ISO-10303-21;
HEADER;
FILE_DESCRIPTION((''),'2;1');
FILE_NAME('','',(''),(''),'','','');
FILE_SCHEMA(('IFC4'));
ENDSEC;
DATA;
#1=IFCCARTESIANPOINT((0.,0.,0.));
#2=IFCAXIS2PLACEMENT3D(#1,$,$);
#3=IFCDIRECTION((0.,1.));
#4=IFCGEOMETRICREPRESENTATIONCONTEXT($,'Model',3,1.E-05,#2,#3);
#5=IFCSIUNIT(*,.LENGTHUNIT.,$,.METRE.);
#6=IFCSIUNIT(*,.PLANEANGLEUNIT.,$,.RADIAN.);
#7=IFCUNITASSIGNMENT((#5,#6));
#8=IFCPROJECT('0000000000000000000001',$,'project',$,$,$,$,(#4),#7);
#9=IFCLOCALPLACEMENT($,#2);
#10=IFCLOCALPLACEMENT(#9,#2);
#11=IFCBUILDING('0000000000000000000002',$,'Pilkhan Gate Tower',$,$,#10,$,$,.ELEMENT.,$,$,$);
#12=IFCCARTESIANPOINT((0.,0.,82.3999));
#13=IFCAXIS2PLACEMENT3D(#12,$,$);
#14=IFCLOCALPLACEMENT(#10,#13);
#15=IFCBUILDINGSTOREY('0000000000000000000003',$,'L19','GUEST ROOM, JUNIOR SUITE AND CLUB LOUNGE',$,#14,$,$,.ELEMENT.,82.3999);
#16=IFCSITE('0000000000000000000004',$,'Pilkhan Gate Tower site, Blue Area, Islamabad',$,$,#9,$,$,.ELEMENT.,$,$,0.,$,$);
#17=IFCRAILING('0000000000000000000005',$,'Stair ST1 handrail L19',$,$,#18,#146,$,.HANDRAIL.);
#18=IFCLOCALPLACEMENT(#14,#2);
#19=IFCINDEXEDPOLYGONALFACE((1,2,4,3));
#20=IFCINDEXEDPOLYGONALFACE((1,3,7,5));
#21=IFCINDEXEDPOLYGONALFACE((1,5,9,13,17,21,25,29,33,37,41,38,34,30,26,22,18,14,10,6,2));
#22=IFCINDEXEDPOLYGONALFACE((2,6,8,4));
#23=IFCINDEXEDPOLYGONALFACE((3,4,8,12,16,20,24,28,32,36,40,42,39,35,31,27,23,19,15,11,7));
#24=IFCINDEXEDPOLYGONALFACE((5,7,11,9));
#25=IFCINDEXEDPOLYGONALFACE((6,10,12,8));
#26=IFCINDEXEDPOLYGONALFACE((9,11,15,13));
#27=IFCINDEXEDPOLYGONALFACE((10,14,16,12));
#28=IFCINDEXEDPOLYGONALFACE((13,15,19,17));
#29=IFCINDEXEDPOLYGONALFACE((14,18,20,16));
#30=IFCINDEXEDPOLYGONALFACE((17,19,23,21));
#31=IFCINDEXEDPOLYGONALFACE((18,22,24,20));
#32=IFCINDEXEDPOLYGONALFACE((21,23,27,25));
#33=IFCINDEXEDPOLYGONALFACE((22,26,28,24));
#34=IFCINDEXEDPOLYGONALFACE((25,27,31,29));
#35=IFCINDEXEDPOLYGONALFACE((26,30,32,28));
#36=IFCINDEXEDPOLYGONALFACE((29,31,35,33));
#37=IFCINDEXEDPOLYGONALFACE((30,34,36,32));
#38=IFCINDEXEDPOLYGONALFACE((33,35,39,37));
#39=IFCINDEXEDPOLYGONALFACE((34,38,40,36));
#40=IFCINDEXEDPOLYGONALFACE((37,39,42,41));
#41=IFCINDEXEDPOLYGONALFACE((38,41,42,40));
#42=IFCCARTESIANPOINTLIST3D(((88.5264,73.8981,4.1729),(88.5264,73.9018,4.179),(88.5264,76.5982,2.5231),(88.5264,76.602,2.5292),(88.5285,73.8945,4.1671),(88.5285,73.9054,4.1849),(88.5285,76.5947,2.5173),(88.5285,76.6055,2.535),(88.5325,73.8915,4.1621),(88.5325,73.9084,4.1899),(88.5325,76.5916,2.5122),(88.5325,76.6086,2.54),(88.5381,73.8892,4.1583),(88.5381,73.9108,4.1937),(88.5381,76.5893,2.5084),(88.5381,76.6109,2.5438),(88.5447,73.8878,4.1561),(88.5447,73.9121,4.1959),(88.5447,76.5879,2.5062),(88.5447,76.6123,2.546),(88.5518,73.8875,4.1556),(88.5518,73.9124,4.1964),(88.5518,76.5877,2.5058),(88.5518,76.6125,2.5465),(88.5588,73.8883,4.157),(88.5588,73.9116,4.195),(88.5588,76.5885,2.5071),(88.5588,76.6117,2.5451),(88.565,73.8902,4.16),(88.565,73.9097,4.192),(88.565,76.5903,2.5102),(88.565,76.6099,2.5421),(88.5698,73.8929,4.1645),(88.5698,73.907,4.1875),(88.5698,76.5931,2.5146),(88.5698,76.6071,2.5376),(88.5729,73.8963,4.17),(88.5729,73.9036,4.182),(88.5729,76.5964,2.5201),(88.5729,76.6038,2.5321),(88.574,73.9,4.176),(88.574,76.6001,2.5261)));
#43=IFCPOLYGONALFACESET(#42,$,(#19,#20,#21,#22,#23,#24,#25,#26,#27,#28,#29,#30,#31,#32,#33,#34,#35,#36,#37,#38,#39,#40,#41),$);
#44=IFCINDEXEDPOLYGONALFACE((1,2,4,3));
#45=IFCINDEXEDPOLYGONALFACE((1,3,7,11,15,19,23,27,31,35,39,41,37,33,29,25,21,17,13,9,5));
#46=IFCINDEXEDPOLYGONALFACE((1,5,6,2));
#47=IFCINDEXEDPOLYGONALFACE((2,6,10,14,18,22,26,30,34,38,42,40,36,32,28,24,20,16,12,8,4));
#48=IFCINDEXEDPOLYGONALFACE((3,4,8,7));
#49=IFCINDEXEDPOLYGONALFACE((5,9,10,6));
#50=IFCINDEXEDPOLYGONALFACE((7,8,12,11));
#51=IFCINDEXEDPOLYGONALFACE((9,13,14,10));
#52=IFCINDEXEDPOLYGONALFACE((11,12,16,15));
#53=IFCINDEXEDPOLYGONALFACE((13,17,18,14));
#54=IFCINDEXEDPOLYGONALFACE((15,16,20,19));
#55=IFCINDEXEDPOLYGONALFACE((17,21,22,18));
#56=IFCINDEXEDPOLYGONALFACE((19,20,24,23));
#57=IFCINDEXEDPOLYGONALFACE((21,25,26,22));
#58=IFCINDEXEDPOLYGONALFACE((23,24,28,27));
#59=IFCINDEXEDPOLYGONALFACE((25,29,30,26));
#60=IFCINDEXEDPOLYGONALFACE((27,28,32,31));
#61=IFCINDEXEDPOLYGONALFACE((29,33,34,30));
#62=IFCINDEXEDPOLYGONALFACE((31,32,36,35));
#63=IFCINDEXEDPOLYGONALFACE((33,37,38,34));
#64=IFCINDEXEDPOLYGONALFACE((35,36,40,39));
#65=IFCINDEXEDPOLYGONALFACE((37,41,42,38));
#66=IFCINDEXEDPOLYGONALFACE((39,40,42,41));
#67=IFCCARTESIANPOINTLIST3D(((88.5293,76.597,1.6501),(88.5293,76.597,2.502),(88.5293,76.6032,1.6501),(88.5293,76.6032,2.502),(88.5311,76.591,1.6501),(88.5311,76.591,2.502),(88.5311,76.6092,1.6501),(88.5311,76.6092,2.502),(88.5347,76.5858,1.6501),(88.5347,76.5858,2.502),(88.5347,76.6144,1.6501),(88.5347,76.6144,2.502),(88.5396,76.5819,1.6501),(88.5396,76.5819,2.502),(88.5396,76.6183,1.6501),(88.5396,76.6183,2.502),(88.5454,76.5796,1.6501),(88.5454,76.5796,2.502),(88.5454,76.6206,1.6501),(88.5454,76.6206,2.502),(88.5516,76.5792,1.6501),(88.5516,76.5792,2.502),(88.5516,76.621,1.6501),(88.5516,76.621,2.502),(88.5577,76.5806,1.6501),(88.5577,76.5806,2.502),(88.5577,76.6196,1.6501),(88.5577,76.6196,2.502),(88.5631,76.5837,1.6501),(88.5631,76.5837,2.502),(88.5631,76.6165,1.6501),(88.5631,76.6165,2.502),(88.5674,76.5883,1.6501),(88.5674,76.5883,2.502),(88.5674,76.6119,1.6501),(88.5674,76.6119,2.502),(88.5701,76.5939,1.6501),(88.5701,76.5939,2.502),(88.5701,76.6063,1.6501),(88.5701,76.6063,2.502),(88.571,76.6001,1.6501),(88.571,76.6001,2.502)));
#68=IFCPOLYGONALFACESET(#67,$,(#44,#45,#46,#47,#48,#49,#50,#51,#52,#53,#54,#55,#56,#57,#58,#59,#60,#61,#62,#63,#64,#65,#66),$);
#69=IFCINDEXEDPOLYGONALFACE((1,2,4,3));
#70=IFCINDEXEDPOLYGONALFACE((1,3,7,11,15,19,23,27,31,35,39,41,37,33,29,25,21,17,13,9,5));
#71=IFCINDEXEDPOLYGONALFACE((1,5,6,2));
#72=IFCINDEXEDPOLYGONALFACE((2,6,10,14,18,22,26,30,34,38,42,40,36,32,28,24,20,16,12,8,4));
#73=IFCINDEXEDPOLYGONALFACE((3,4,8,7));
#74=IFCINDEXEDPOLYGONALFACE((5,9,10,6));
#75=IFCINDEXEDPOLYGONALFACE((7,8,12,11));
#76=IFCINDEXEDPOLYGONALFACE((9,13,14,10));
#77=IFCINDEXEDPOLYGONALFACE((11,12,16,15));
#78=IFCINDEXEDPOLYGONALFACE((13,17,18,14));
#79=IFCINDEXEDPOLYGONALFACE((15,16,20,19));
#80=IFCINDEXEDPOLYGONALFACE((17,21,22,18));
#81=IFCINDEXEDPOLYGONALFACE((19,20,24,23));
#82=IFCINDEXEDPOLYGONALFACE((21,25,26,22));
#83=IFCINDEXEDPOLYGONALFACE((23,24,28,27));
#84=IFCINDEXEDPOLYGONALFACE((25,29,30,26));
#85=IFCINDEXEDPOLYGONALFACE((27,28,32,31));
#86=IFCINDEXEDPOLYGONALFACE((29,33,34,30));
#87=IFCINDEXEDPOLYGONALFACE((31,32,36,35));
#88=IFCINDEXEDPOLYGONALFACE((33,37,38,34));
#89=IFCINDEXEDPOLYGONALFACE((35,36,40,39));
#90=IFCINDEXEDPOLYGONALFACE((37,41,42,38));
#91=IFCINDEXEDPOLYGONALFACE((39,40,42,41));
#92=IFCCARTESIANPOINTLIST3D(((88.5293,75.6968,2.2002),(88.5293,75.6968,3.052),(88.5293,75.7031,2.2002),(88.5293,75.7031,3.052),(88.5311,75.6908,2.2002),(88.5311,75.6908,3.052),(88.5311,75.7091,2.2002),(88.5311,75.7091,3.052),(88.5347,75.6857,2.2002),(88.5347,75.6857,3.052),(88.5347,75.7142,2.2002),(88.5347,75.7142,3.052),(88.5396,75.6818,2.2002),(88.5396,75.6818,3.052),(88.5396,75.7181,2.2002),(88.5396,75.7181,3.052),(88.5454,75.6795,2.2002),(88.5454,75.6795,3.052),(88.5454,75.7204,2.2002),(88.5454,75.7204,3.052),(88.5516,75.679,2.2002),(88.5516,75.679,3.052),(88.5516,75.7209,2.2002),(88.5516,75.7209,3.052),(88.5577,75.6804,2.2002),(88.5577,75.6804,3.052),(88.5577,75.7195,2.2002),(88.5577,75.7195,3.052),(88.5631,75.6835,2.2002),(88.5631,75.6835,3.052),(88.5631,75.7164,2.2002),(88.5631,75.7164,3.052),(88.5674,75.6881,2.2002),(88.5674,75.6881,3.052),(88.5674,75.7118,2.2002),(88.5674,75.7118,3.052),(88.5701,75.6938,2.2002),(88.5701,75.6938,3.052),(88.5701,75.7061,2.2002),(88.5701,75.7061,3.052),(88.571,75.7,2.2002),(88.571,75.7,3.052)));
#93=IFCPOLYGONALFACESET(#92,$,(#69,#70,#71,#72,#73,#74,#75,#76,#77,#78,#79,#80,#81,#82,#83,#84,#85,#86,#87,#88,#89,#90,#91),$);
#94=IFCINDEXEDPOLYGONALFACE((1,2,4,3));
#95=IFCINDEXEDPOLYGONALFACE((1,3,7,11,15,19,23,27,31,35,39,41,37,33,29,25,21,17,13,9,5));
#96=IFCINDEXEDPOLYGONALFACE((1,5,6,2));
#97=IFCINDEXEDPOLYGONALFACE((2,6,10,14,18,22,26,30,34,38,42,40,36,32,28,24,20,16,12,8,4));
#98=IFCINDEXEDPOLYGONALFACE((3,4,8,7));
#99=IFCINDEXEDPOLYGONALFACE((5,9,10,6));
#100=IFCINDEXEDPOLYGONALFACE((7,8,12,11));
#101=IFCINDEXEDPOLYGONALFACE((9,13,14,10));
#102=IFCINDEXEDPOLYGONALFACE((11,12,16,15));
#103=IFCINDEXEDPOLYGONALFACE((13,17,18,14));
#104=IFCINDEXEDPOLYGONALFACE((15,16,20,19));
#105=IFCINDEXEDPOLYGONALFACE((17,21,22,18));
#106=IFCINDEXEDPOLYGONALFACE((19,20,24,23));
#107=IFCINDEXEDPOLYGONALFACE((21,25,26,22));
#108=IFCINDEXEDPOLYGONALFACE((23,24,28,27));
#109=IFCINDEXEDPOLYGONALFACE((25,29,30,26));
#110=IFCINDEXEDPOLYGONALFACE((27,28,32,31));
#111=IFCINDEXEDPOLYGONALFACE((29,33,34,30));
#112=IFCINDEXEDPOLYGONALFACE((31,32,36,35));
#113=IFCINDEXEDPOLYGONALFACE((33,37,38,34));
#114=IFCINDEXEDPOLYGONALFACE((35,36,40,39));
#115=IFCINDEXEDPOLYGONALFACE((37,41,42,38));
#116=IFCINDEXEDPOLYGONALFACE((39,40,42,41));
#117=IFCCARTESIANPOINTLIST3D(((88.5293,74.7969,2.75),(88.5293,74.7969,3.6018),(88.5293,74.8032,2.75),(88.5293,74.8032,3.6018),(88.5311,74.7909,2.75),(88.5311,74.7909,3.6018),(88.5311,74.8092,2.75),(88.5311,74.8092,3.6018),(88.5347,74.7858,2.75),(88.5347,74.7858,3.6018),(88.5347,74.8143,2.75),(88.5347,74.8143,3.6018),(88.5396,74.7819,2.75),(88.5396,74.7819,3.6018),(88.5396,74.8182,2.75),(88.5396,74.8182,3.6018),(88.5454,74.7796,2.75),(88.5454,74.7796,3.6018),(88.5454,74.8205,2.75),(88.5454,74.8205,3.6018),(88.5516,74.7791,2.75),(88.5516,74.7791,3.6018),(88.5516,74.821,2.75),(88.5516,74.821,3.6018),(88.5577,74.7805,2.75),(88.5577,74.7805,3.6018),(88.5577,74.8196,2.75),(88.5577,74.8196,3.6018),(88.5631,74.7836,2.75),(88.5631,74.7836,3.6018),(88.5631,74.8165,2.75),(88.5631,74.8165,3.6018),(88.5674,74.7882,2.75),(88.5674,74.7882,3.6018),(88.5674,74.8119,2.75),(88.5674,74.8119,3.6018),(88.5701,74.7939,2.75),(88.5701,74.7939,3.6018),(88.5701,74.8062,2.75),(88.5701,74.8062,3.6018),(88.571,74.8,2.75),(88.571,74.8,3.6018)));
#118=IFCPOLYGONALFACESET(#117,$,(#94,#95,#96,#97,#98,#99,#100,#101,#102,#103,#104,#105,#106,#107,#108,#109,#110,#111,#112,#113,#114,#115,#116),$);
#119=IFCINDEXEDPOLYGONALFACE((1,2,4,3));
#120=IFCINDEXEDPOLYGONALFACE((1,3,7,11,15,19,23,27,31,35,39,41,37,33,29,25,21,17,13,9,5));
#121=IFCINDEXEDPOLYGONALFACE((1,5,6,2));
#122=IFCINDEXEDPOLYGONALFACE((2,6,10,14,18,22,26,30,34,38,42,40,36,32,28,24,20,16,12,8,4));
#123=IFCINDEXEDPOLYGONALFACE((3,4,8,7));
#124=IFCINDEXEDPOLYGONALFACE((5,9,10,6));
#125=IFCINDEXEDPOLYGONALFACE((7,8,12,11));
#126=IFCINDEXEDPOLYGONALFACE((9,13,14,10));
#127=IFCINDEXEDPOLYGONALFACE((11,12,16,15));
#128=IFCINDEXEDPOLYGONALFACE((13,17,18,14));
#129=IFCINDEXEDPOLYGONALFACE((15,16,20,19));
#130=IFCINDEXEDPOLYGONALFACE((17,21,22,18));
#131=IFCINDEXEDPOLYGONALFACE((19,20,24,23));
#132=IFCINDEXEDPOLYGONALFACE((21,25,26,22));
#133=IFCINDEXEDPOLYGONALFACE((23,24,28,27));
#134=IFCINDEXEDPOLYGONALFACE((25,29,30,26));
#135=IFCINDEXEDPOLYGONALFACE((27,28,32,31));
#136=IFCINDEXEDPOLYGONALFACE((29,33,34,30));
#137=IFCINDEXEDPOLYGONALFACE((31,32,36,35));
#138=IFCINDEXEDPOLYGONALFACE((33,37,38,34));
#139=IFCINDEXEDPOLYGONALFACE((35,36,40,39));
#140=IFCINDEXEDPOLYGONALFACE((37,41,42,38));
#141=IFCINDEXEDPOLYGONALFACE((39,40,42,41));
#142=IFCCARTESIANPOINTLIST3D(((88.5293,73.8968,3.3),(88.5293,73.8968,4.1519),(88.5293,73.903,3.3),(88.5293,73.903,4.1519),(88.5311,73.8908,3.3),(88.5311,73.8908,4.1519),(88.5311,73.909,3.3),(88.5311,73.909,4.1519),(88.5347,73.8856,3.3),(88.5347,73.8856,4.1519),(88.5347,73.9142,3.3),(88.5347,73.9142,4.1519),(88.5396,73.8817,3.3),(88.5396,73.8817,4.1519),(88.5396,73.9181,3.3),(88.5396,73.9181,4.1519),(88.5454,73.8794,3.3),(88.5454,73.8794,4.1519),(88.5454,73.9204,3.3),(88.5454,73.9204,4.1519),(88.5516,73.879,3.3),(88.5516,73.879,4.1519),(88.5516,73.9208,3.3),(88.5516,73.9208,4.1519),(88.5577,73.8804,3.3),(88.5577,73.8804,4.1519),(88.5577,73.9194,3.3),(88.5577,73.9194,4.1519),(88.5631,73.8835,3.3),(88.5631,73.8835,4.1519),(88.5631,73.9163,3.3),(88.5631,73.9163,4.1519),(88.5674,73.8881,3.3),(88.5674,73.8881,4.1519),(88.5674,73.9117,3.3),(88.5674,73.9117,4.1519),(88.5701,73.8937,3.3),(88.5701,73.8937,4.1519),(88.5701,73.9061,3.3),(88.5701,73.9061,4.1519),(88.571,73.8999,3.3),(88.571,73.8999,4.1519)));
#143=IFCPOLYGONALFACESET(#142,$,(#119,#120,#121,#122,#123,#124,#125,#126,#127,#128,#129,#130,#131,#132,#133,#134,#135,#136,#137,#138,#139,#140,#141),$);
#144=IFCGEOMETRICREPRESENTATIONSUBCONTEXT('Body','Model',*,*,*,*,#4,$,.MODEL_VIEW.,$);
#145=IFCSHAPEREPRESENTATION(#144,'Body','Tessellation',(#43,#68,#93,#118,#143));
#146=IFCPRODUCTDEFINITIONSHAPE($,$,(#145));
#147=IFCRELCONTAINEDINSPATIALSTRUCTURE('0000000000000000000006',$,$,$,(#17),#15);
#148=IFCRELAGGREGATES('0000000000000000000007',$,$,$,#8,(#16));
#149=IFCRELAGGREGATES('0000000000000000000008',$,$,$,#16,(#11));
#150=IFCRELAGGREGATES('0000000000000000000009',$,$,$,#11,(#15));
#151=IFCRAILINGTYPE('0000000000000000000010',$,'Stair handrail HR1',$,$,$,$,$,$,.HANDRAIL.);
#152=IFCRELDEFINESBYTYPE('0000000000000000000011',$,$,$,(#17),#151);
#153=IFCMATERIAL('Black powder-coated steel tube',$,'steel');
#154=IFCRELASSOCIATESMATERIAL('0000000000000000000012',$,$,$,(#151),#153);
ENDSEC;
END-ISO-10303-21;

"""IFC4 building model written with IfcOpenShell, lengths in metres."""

from ifc_helpers import new_model, si_unit, direction, frame, origin, origin_2d, place, context, subcontext, project, spatial, circle, extrude, material, type_object, element, save


model = new_model("IFC4")

# Units and contexts
model_context = context("Model", 3, precision=1e-05, world=origin(), true_north=direction((0.0, 1.0)))
body_context = subcontext(model_context, "Body", "Model", "MODEL_VIEW")
ifc_project = project(units=[si_unit("LENGTHUNIT", "METRE"), si_unit("PLANEANGLEUNIT", "RADIAN")], contexts=[model_context])

# Site, building, storey
site_placement = place(None, origin())
site = spatial("IfcSite", under=ifc_project, at=site_placement, Name="Pilkhan Gate Tower site, Blue Area, Islamabad", CompositionType="ELEMENT", RefElevation=0.0)
building_placement = place(site_placement, origin())
building = spatial("IfcBuilding", under=site, at=building_placement, Name="Pilkhan Gate Tower", CompositionType="ELEMENT")
storey_placement = place(building_placement, frame((0.0, 0.0, 82.3999)))
storey = spatial("IfcBuildingStorey", under=building, at=storey_placement, Name="L19", Description="GUEST ROOM, JUNIOR SUITE AND CLUB LOUNGE", CompositionType="ELEMENT", Elevation=82.3999)

# Railing
ifc_material_1 = material(Name="Black powder-coated steel tube", Category="steel")
railing_type_1 = type_object("IfcRailingType", Name="Stair handrail HR1", PredefinedType="HANDRAIL", material=ifc_material_1)
railing_1_placement = place(storey_placement, frame((88.55, 76.6001, 1.6501)))
element("IfcRailing", 1, at=railing_1_placement, inside=storey, type_object=railing_type_1, Name="Stair ST1 handrail L19", PredefinedType="HANDRAIL", context=body_context, shape_type="SweptSolid", body=[
    extrude(circle(Radius=0.0239, at=origin_2d()), frame((0.0, 0.0, 0.876), z_axis=(0.0, -0.853312, 0.5214), x_axis=(1.0, 0.0, 0.0)), (0.0, 0.0, 1.0), 3.1643),
    extrude(circle(Radius=0.021, at=origin_2d()), origin(), (0.0, 0.0, 1.0), 0.8518),
    extrude(circle(Radius=0.021, at=origin_2d()), frame((0.0, -0.9001, 0.55)), (0.0, 0.0, 1.0), 0.8518),
    extrude(circle(Radius=0.021, at=origin_2d()), frame((0.0, -1.8, 1.0999)), (0.0, 0.0, 1.0), 0.8518),
    extrude(circle(Radius=0.021, at=origin_2d()), frame((0.0, -2.7002, 1.6499)), (0.0, 0.0, 1.0), 0.8518),
])

save(model, "model.ifc")
